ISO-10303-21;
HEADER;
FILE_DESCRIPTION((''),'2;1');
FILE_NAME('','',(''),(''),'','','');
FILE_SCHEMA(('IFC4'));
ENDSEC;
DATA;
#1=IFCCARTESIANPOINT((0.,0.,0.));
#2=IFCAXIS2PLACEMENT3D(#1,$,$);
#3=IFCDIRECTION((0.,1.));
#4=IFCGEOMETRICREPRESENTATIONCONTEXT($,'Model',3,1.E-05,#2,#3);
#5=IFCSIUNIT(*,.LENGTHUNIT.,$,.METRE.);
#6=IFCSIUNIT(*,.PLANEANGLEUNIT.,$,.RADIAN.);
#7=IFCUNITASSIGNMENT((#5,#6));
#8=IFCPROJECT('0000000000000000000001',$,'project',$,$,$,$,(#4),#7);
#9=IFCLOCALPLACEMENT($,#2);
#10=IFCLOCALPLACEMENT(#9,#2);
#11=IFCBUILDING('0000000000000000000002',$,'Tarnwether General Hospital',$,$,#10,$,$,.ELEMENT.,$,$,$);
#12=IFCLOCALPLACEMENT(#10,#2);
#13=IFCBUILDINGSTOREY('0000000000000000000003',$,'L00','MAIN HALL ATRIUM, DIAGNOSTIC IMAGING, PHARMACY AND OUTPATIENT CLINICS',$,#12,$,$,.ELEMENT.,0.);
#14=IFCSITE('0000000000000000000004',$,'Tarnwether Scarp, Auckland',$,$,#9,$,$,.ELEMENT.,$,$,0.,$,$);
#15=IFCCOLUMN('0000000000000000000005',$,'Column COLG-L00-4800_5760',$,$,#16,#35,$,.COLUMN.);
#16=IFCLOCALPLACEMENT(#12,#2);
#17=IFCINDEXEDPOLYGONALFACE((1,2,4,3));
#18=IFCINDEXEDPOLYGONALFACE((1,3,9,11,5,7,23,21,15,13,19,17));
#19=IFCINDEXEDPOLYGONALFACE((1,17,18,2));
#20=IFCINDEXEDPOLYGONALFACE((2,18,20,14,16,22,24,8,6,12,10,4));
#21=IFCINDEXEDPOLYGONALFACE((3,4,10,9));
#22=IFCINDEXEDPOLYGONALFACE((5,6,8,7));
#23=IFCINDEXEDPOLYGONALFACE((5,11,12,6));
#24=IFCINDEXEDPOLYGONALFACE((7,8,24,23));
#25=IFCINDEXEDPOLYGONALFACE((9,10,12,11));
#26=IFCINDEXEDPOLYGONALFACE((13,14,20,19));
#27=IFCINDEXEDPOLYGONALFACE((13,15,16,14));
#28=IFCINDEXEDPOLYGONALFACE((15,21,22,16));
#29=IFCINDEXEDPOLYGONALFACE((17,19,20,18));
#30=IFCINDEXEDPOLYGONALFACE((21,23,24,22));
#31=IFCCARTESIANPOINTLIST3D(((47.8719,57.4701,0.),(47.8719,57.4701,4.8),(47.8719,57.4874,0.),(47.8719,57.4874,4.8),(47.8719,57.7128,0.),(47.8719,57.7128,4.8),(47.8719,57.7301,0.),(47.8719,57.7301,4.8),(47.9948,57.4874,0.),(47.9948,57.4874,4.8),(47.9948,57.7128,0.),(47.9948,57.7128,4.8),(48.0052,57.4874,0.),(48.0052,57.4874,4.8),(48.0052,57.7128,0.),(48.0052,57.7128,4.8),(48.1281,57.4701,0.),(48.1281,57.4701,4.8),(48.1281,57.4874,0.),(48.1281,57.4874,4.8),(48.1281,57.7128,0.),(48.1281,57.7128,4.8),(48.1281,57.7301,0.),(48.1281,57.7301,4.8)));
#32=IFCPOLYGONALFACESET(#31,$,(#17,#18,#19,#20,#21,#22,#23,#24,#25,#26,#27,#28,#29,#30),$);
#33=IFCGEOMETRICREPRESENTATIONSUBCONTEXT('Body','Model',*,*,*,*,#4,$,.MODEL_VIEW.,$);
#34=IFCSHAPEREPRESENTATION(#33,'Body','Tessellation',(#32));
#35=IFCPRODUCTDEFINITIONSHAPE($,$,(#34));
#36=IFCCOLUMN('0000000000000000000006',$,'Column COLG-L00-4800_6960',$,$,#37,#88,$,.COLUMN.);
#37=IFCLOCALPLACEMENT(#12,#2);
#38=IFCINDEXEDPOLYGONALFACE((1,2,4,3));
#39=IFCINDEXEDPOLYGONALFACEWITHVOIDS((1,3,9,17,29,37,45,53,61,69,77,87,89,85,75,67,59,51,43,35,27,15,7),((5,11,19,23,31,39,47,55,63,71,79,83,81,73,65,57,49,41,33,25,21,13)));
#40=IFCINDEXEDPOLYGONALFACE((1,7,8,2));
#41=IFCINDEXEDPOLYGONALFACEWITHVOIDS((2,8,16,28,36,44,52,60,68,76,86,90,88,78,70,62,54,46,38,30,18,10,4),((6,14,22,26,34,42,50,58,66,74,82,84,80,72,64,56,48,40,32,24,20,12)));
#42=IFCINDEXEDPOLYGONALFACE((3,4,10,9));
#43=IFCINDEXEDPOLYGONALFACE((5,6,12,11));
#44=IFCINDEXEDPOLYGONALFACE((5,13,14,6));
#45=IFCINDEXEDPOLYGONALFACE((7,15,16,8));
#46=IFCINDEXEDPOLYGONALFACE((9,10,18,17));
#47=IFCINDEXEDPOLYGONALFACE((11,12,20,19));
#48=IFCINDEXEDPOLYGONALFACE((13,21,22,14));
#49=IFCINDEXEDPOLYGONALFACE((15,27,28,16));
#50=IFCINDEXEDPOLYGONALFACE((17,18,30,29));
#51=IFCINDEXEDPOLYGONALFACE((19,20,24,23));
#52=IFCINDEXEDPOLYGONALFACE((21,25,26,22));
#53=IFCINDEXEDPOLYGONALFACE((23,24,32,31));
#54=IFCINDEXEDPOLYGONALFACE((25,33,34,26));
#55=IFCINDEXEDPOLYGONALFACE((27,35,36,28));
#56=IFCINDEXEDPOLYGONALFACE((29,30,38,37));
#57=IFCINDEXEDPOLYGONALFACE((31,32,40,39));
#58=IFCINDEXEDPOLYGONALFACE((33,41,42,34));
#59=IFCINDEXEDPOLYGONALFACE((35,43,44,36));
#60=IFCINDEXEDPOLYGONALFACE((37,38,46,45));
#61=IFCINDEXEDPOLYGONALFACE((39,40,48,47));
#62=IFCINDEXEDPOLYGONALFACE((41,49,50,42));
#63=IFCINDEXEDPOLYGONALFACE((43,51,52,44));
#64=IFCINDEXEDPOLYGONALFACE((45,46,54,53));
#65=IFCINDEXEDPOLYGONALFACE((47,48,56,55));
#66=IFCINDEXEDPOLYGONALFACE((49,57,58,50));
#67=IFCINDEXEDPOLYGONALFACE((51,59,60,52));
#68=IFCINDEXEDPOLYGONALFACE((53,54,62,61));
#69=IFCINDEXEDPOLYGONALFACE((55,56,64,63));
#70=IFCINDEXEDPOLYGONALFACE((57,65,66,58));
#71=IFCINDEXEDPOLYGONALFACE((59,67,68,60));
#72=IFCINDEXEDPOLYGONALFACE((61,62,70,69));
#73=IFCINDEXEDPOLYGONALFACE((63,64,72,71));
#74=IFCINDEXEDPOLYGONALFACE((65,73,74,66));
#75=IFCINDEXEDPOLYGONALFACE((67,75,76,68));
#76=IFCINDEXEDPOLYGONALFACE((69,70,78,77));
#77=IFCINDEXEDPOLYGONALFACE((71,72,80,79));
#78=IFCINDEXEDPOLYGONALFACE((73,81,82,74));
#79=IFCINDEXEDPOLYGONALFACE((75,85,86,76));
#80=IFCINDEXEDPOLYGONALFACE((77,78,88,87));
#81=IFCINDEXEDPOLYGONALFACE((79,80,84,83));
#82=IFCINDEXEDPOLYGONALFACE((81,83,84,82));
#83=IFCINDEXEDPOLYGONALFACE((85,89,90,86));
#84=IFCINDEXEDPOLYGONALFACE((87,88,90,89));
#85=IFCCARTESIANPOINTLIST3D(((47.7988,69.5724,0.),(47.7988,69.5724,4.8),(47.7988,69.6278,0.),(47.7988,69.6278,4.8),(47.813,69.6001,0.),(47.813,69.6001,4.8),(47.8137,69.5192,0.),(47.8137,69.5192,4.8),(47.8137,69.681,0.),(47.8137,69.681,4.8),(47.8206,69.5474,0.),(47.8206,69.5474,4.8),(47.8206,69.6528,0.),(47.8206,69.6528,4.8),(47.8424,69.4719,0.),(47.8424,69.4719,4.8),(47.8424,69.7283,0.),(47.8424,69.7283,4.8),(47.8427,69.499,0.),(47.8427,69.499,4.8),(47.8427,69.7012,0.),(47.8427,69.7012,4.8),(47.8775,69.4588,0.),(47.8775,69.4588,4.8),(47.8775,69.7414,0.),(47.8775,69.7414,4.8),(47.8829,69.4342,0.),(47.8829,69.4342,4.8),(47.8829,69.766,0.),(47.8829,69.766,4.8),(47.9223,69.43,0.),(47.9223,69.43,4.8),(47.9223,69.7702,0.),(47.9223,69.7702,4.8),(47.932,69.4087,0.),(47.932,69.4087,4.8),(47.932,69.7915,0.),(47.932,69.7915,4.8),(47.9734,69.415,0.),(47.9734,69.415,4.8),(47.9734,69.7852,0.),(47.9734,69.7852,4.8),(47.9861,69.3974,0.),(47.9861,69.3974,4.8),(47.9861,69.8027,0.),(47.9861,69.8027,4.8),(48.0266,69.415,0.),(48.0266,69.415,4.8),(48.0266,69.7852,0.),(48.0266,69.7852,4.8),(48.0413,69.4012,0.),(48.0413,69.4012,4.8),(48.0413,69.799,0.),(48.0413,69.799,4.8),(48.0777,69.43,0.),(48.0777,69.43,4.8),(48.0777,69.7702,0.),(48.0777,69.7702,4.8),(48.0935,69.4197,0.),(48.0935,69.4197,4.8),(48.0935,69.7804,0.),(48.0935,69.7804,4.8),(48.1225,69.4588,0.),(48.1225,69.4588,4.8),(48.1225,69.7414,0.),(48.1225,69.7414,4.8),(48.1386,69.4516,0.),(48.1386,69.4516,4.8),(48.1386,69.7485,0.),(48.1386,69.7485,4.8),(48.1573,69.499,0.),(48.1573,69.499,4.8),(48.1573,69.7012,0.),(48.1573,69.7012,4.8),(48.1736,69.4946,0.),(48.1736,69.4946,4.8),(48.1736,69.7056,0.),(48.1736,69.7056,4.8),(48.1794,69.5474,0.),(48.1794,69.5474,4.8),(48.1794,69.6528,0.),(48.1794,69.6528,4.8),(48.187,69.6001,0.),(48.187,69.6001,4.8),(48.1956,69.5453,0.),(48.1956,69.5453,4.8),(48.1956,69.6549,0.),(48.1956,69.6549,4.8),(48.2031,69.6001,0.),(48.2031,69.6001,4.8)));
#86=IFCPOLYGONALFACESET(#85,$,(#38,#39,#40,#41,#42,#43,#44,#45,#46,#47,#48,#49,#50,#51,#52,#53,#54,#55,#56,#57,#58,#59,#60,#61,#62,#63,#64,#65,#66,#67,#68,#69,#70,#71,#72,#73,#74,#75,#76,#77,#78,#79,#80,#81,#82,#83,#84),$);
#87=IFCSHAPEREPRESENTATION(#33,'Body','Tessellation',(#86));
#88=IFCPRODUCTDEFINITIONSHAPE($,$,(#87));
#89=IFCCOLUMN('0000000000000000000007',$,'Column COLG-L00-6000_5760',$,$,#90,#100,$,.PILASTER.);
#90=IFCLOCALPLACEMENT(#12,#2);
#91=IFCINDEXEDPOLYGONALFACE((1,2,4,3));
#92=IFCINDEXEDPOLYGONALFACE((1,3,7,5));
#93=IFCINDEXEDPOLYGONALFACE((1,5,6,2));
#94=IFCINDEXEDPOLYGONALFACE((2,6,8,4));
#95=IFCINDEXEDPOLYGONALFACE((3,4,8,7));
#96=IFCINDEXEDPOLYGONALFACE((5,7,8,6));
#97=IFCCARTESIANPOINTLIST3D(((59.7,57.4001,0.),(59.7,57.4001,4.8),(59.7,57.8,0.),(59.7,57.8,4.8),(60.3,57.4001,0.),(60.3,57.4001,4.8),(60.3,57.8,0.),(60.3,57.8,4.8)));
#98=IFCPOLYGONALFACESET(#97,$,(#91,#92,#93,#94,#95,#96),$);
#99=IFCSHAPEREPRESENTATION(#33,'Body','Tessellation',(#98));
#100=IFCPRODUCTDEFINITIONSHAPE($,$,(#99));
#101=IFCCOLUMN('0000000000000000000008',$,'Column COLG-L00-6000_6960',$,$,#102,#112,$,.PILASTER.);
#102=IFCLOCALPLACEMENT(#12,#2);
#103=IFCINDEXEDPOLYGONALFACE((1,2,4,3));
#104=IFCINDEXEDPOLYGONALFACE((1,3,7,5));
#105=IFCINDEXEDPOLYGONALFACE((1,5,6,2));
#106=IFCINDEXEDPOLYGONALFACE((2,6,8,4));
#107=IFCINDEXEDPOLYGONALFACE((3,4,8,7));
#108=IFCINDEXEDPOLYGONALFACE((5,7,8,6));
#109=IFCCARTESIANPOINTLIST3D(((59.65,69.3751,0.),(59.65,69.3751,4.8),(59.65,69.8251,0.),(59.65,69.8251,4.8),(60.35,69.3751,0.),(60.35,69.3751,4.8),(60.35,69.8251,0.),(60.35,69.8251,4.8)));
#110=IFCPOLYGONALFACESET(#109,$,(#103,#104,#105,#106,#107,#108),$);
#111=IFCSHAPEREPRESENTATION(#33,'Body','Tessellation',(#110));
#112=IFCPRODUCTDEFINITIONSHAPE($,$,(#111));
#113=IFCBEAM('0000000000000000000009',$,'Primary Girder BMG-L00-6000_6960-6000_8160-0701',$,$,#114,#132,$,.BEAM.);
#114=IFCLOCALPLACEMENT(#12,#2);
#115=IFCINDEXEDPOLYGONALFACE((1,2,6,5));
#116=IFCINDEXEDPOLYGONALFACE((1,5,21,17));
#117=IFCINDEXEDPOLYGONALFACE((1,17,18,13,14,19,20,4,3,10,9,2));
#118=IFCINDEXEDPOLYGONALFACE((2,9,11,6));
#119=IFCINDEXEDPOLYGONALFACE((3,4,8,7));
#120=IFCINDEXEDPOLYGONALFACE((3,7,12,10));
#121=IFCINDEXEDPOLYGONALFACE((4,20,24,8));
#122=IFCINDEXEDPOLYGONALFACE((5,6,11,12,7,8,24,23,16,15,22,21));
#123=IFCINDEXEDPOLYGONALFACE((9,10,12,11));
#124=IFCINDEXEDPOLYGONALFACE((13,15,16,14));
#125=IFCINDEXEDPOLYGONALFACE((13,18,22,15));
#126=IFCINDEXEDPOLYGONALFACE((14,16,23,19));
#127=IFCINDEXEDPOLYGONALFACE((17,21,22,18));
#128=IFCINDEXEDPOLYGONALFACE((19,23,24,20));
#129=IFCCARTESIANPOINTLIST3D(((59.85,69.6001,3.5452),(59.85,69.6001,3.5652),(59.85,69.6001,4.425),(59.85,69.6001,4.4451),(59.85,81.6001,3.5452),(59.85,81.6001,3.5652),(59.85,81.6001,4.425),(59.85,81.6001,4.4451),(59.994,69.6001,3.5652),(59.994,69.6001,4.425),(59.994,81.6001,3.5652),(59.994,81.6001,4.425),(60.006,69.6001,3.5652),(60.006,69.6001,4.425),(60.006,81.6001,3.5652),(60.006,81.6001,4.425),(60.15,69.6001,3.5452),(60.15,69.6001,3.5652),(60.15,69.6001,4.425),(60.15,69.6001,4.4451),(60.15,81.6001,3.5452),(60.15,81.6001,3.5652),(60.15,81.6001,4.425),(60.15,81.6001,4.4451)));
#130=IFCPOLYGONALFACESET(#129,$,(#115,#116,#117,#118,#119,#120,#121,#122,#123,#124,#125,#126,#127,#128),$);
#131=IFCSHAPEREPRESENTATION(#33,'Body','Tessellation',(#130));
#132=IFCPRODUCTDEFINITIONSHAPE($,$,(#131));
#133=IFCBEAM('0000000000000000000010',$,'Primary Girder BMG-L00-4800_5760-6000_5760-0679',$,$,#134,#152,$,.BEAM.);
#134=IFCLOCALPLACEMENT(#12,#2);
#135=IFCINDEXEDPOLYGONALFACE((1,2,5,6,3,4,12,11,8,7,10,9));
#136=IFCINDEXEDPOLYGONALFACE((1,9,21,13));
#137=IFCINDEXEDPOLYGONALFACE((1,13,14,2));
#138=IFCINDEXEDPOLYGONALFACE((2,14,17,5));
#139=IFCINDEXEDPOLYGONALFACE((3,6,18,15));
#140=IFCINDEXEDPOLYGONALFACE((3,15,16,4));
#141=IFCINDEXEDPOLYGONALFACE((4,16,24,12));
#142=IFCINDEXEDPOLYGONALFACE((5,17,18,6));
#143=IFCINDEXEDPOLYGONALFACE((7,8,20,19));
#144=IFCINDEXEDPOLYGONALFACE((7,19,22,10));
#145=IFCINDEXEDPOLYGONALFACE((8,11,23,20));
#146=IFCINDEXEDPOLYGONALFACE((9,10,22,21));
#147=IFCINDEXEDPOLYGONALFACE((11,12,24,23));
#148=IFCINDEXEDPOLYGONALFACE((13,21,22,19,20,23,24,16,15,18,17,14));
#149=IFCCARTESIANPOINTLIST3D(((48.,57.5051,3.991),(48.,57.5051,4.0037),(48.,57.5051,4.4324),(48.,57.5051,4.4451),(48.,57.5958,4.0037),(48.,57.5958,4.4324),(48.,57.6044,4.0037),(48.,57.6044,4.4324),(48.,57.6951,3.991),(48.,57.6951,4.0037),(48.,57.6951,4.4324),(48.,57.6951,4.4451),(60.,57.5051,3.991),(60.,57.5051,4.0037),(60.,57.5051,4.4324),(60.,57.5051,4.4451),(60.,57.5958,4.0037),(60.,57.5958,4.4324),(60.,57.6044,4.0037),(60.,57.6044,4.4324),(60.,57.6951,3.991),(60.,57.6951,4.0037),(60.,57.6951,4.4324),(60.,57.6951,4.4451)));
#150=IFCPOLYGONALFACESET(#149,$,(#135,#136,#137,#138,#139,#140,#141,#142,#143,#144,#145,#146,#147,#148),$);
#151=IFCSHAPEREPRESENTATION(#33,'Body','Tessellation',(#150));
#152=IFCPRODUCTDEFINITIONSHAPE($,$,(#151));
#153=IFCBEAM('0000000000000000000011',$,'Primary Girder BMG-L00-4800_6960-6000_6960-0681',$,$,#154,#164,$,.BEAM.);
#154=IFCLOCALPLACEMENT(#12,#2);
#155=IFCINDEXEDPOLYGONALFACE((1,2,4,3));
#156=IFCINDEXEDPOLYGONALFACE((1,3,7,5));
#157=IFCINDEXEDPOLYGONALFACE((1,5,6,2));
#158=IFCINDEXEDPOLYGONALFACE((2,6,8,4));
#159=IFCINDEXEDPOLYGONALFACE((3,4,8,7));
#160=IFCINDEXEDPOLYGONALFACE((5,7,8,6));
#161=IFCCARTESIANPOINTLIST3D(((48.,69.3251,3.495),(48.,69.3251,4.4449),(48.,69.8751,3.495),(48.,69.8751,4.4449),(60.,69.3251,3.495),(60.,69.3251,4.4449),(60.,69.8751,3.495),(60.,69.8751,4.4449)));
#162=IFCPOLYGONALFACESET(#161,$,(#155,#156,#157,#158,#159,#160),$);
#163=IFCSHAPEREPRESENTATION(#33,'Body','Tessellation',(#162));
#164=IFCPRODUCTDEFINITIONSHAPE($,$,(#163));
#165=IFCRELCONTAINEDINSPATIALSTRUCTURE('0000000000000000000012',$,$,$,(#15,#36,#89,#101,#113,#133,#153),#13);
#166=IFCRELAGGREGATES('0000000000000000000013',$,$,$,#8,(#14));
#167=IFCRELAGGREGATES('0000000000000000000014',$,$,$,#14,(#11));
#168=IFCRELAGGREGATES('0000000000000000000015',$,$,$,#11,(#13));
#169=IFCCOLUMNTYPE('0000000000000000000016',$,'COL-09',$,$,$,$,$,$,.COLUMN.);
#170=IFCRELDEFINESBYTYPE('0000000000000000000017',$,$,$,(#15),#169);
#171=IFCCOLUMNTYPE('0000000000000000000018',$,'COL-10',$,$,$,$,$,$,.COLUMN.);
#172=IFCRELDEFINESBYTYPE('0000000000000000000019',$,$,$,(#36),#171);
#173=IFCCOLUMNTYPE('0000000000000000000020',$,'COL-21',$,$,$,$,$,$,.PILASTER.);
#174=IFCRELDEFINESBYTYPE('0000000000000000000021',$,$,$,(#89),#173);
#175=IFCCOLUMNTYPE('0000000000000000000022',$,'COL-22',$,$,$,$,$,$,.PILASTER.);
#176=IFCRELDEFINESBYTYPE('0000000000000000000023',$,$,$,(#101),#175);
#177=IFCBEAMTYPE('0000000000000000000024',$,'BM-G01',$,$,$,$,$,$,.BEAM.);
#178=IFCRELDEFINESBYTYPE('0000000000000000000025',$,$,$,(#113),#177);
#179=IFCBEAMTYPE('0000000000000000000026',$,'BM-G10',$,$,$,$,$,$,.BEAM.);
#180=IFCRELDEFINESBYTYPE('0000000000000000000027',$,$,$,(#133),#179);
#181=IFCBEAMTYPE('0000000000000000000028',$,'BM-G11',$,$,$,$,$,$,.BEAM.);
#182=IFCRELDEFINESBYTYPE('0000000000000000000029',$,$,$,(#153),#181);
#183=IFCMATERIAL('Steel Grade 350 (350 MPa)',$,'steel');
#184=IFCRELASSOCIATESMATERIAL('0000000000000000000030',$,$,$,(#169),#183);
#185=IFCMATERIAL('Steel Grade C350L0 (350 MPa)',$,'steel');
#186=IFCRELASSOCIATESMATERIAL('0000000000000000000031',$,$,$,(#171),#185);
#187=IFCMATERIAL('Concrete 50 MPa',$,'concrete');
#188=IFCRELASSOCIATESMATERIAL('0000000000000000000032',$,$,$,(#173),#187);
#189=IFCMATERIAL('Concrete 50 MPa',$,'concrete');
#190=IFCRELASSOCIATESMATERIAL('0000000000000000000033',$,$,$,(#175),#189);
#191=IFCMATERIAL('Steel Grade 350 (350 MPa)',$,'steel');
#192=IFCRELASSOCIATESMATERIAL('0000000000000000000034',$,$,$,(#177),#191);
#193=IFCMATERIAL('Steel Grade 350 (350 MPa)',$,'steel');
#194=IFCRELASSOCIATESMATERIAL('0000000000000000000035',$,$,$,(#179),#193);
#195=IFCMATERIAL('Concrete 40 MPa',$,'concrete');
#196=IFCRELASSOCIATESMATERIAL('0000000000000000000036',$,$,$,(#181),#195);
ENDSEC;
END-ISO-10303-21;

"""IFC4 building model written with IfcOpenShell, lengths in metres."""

from ifc_helpers import new_model, si_unit, direction, frame, origin, origin_2d, place, context, subcontext, project, spatial, rectangle, hollow_circle, i_section, extrude, material, material_profile, profile_set, type_object, element, save


model = new_model("IFC4")

# Units and contexts
model_context = context("Model", 3, precision=1e-05, world=origin(), true_north=direction((0.0, 1.0)))
body_context = subcontext(model_context, "Body", "Model", "MODEL_VIEW")
ifc_project = project(units=[si_unit("LENGTHUNIT", "METRE"), si_unit("PLANEANGLEUNIT", "RADIAN")], contexts=[model_context])

# Site, building, storey
site_placement = place(None, origin())
site = spatial("IfcSite", under=ifc_project, at=site_placement, Name="Tarnwether Scarp, Auckland", CompositionType="ELEMENT", RefElevation=0.0)
building_placement = place(site_placement, origin())
building = spatial("IfcBuilding", under=site, at=building_placement, Name="Tarnwether General Hospital", CompositionType="ELEMENT")
storey_placement = place(building_placement, origin())
storey = spatial("IfcBuildingStorey", under=building, at=storey_placement, Name="L00", Description="MAIN HALL ATRIUM, DIAGNOSTIC IMAGING, PHARMACY AND OUTPATIENT CLINICS", CompositionType="ELEMENT", Elevation=0.0)

# Columns
ifc_material_1 = material(Name="Steel Grade 350 (350 MPa)", Category="steel")
ifc_material_profile_1 = material_profile(ifc_material_1, i_section(OverallWidth=0.2561, OverallDepth=0.26, WebThickness=0.0105, FlangeThickness=0.0173, at=origin_2d()), Name="250UC89.5")
ifc_profile_set_1 = profile_set([ifc_material_profile_1], Name="Steel Grade 350 (350 MPa)")
column_type_1 = type_object("IfcColumnType", Name="COL-09", PredefinedType="COLUMN", material=ifc_profile_set_1)
column_1_placement = place(storey_placement, frame((48.0, 57.6001, 0.0), z_axis=(0.0, 0.0, 1.0), x_axis=(1.0, 0.0, 0.0)))
element("IfcColumn", 1, at=column_1_placement, inside=storey, type_object=column_type_1, Name="Column COLG-L00-4800_5760", PredefinedType="COLUMN", context=body_context, shape_type="SweptSolid", body=[
    extrude(i_section(OverallWidth=0.2561, OverallDepth=0.26, WebThickness=0.0105, FlangeThickness=0.0173, at=origin_2d()), origin(), (0.0, 0.0, 1.0), 4.8),
])
ifc_material_2 = material(Name="Steel Grade C350L0 (350 MPa)", Category="steel")
ifc_material_profile_2 = material_profile(ifc_material_2, hollow_circle(Radius=0.2031, WallThickness=0.0161, at=origin_2d()), Name="CHS406.4x16.0")
ifc_profile_set_2 = profile_set([ifc_material_profile_2], Name="Steel Grade C350L0 (350 MPa)")
column_type_2 = type_object("IfcColumnType", Name="COL-10", PredefinedType="COLUMN", material=ifc_profile_set_2)
column_2_placement = place(storey_placement, frame((48.0, 69.6001, 0.0), z_axis=(0.0, 0.0, 1.0), x_axis=(1.0, 0.0, 0.0)))
element("IfcColumn", 2, at=column_2_placement, inside=storey, type_object=column_type_2, Name="Column COLG-L00-4800_6960", PredefinedType="COLUMN", context=body_context, shape_type="SweptSolid", body=[
    extrude(hollow_circle(Radius=0.2031, WallThickness=0.0161, at=origin_2d()), origin(), (0.0, 0.0, 1.0), 4.8),
])
ifc_material_3 = material(Name="Concrete 50 MPa", Category="concrete")
ifc_material_profile_3 = material_profile(ifc_material_3, rectangle(XDim=0.3999, YDim=0.6001, at=origin_2d()), Name="RC-PIL-400x600")
ifc_profile_set_3 = profile_set([ifc_material_profile_3], Name="Concrete 50 MPa")
column_type_3 = type_object("IfcColumnType", Name="COL-21", PredefinedType="PILASTER", material=ifc_profile_set_3)
column_3_placement = place(storey_placement, frame((60.0, 57.6001, 0.0), z_axis=(0.0, 0.0, 1.0), x_axis=(0.0, 1.0, 0.0)))
element("IfcColumn", 3, at=column_3_placement, inside=storey, type_object=column_type_3, Name="Column COLG-L00-6000_5760", PredefinedType="PILASTER", context=body_context, shape_type="SweptSolid", body=[
    extrude(rectangle(XDim=0.3999, YDim=0.6001, at=origin_2d()), origin(), (0.0, 0.0, 1.0), 4.8),
])
ifc_material_4 = material(Name="Concrete 50 MPa", Category="concrete")
ifc_material_profile_4 = material_profile(ifc_material_4, rectangle(XDim=0.45, YDim=0.7, at=origin_2d()), Name="RC-PIL-450x700")
ifc_profile_set_4 = profile_set([ifc_material_profile_4], Name="Concrete 50 MPa")
column_type_4 = type_object("IfcColumnType", Name="COL-22", PredefinedType="PILASTER", material=ifc_profile_set_4)
column_4_placement = place(storey_placement, frame((60.0, 69.6001, 0.0), z_axis=(0.0, 0.0, 1.0), x_axis=(0.0, 1.0, 0.0)))
element("IfcColumn", 4, at=column_4_placement, inside=storey, type_object=column_type_4, Name="Column COLG-L00-6000_6960", PredefinedType="PILASTER", context=body_context, shape_type="SweptSolid", body=[
    extrude(rectangle(XDim=0.45, YDim=0.7, at=origin_2d()), origin(), (0.0, 0.0, 1.0), 4.8),
])

# Beams
ifc_material_5 = material(Name="Steel Grade 350 (350 MPa)", Category="steel")
ifc_material_profile_5 = material_profile(ifc_material_5, i_section(OverallWidth=0.3, OverallDepth=0.8999, WebThickness=0.012, FlangeThickness=0.02, at=origin_2d()), Name="900WB175")
ifc_profile_set_5 = profile_set([ifc_material_profile_5], Name="Steel Grade 350 (350 MPa)")
beam_type_1 = type_object("IfcBeamType", Name="BM-G01", PredefinedType="BEAM", material=ifc_profile_set_5)
beam_1_placement = place(storey_placement, frame((60.0, 69.6001, 3.9951), z_axis=(0.0, 1.0, 0.0), x_axis=(-1.0, 0.0, 0.0)))
element("IfcBeam", 5, at=beam_1_placement, inside=storey, type_object=beam_type_1, Name="Primary Girder BMG-L00-6000_6960-6000_8160-0701", PredefinedType="BEAM", context=body_context, shape_type="SweptSolid", body=[
    extrude(i_section(OverallWidth=0.3, OverallDepth=0.8999, WebThickness=0.012, FlangeThickness=0.02, at=origin_2d()), origin(), (0.0, 0.0, 1.0), 12.0),
])
ifc_material_6 = material(Name="Steel Grade 350 (350 MPa)", Category="steel")
ifc_material_profile_6 = material_profile(ifc_material_6, i_section(OverallWidth=0.1899, OverallDepth=0.4541, WebThickness=0.0085, FlangeThickness=0.0127, at=origin_2d()), Name="460UB67.1")
ifc_profile_set_6 = profile_set([ifc_material_profile_6], Name="Steel Grade 350 (350 MPa)")
beam_type_2 = type_object("IfcBeamType", Name="BM-G10", PredefinedType="BEAM", material=ifc_profile_set_6)
beam_2_placement = place(storey_placement, frame((48.0, 57.6001, 4.218), z_axis=(1.0, 0.0, 0.0), x_axis=(0.0, 1.0, 0.0)))
element("IfcBeam", 6, at=beam_2_placement, inside=storey, type_object=beam_type_2, Name="Primary Girder BMG-L00-4800_5760-6000_5760-0679", PredefinedType="BEAM", context=body_context, shape_type="SweptSolid", body=[
    extrude(i_section(OverallWidth=0.1899, OverallDepth=0.4541, WebThickness=0.0085, FlangeThickness=0.0127, at=origin_2d()), origin(), (0.0, 0.0, 1.0), 12.0),
])
ifc_material_7 = material(Name="Concrete 40 MPa", Category="concrete")
ifc_material_profile_7 = material_profile(ifc_material_7, rectangle(XDim=0.55, YDim=0.95, at=origin_2d()), Name="RC-BM-550x950")
ifc_profile_set_7 = profile_set([ifc_material_profile_7], Name="Concrete 40 MPa")
beam_type_3 = type_object("IfcBeamType", Name="BM-G11", PredefinedType="BEAM", material=ifc_profile_set_7)
beam_3_placement = place(storey_placement, frame((48.0, 69.6001, 3.97), z_axis=(1.0, 0.0, 0.0), x_axis=(0.0, 1.0, 0.0)))
element("IfcBeam", 7, at=beam_3_placement, inside=storey, type_object=beam_type_3, Name="Primary Girder BMG-L00-4800_6960-6000_6960-0681", PredefinedType="BEAM", context=body_context, shape_type="SweptSolid", body=[
    extrude(rectangle(XDim=0.55, YDim=0.95, at=origin_2d()), origin(), (0.0, 0.0, 1.0), 12.0),
])

save(model, "model.ifc")
